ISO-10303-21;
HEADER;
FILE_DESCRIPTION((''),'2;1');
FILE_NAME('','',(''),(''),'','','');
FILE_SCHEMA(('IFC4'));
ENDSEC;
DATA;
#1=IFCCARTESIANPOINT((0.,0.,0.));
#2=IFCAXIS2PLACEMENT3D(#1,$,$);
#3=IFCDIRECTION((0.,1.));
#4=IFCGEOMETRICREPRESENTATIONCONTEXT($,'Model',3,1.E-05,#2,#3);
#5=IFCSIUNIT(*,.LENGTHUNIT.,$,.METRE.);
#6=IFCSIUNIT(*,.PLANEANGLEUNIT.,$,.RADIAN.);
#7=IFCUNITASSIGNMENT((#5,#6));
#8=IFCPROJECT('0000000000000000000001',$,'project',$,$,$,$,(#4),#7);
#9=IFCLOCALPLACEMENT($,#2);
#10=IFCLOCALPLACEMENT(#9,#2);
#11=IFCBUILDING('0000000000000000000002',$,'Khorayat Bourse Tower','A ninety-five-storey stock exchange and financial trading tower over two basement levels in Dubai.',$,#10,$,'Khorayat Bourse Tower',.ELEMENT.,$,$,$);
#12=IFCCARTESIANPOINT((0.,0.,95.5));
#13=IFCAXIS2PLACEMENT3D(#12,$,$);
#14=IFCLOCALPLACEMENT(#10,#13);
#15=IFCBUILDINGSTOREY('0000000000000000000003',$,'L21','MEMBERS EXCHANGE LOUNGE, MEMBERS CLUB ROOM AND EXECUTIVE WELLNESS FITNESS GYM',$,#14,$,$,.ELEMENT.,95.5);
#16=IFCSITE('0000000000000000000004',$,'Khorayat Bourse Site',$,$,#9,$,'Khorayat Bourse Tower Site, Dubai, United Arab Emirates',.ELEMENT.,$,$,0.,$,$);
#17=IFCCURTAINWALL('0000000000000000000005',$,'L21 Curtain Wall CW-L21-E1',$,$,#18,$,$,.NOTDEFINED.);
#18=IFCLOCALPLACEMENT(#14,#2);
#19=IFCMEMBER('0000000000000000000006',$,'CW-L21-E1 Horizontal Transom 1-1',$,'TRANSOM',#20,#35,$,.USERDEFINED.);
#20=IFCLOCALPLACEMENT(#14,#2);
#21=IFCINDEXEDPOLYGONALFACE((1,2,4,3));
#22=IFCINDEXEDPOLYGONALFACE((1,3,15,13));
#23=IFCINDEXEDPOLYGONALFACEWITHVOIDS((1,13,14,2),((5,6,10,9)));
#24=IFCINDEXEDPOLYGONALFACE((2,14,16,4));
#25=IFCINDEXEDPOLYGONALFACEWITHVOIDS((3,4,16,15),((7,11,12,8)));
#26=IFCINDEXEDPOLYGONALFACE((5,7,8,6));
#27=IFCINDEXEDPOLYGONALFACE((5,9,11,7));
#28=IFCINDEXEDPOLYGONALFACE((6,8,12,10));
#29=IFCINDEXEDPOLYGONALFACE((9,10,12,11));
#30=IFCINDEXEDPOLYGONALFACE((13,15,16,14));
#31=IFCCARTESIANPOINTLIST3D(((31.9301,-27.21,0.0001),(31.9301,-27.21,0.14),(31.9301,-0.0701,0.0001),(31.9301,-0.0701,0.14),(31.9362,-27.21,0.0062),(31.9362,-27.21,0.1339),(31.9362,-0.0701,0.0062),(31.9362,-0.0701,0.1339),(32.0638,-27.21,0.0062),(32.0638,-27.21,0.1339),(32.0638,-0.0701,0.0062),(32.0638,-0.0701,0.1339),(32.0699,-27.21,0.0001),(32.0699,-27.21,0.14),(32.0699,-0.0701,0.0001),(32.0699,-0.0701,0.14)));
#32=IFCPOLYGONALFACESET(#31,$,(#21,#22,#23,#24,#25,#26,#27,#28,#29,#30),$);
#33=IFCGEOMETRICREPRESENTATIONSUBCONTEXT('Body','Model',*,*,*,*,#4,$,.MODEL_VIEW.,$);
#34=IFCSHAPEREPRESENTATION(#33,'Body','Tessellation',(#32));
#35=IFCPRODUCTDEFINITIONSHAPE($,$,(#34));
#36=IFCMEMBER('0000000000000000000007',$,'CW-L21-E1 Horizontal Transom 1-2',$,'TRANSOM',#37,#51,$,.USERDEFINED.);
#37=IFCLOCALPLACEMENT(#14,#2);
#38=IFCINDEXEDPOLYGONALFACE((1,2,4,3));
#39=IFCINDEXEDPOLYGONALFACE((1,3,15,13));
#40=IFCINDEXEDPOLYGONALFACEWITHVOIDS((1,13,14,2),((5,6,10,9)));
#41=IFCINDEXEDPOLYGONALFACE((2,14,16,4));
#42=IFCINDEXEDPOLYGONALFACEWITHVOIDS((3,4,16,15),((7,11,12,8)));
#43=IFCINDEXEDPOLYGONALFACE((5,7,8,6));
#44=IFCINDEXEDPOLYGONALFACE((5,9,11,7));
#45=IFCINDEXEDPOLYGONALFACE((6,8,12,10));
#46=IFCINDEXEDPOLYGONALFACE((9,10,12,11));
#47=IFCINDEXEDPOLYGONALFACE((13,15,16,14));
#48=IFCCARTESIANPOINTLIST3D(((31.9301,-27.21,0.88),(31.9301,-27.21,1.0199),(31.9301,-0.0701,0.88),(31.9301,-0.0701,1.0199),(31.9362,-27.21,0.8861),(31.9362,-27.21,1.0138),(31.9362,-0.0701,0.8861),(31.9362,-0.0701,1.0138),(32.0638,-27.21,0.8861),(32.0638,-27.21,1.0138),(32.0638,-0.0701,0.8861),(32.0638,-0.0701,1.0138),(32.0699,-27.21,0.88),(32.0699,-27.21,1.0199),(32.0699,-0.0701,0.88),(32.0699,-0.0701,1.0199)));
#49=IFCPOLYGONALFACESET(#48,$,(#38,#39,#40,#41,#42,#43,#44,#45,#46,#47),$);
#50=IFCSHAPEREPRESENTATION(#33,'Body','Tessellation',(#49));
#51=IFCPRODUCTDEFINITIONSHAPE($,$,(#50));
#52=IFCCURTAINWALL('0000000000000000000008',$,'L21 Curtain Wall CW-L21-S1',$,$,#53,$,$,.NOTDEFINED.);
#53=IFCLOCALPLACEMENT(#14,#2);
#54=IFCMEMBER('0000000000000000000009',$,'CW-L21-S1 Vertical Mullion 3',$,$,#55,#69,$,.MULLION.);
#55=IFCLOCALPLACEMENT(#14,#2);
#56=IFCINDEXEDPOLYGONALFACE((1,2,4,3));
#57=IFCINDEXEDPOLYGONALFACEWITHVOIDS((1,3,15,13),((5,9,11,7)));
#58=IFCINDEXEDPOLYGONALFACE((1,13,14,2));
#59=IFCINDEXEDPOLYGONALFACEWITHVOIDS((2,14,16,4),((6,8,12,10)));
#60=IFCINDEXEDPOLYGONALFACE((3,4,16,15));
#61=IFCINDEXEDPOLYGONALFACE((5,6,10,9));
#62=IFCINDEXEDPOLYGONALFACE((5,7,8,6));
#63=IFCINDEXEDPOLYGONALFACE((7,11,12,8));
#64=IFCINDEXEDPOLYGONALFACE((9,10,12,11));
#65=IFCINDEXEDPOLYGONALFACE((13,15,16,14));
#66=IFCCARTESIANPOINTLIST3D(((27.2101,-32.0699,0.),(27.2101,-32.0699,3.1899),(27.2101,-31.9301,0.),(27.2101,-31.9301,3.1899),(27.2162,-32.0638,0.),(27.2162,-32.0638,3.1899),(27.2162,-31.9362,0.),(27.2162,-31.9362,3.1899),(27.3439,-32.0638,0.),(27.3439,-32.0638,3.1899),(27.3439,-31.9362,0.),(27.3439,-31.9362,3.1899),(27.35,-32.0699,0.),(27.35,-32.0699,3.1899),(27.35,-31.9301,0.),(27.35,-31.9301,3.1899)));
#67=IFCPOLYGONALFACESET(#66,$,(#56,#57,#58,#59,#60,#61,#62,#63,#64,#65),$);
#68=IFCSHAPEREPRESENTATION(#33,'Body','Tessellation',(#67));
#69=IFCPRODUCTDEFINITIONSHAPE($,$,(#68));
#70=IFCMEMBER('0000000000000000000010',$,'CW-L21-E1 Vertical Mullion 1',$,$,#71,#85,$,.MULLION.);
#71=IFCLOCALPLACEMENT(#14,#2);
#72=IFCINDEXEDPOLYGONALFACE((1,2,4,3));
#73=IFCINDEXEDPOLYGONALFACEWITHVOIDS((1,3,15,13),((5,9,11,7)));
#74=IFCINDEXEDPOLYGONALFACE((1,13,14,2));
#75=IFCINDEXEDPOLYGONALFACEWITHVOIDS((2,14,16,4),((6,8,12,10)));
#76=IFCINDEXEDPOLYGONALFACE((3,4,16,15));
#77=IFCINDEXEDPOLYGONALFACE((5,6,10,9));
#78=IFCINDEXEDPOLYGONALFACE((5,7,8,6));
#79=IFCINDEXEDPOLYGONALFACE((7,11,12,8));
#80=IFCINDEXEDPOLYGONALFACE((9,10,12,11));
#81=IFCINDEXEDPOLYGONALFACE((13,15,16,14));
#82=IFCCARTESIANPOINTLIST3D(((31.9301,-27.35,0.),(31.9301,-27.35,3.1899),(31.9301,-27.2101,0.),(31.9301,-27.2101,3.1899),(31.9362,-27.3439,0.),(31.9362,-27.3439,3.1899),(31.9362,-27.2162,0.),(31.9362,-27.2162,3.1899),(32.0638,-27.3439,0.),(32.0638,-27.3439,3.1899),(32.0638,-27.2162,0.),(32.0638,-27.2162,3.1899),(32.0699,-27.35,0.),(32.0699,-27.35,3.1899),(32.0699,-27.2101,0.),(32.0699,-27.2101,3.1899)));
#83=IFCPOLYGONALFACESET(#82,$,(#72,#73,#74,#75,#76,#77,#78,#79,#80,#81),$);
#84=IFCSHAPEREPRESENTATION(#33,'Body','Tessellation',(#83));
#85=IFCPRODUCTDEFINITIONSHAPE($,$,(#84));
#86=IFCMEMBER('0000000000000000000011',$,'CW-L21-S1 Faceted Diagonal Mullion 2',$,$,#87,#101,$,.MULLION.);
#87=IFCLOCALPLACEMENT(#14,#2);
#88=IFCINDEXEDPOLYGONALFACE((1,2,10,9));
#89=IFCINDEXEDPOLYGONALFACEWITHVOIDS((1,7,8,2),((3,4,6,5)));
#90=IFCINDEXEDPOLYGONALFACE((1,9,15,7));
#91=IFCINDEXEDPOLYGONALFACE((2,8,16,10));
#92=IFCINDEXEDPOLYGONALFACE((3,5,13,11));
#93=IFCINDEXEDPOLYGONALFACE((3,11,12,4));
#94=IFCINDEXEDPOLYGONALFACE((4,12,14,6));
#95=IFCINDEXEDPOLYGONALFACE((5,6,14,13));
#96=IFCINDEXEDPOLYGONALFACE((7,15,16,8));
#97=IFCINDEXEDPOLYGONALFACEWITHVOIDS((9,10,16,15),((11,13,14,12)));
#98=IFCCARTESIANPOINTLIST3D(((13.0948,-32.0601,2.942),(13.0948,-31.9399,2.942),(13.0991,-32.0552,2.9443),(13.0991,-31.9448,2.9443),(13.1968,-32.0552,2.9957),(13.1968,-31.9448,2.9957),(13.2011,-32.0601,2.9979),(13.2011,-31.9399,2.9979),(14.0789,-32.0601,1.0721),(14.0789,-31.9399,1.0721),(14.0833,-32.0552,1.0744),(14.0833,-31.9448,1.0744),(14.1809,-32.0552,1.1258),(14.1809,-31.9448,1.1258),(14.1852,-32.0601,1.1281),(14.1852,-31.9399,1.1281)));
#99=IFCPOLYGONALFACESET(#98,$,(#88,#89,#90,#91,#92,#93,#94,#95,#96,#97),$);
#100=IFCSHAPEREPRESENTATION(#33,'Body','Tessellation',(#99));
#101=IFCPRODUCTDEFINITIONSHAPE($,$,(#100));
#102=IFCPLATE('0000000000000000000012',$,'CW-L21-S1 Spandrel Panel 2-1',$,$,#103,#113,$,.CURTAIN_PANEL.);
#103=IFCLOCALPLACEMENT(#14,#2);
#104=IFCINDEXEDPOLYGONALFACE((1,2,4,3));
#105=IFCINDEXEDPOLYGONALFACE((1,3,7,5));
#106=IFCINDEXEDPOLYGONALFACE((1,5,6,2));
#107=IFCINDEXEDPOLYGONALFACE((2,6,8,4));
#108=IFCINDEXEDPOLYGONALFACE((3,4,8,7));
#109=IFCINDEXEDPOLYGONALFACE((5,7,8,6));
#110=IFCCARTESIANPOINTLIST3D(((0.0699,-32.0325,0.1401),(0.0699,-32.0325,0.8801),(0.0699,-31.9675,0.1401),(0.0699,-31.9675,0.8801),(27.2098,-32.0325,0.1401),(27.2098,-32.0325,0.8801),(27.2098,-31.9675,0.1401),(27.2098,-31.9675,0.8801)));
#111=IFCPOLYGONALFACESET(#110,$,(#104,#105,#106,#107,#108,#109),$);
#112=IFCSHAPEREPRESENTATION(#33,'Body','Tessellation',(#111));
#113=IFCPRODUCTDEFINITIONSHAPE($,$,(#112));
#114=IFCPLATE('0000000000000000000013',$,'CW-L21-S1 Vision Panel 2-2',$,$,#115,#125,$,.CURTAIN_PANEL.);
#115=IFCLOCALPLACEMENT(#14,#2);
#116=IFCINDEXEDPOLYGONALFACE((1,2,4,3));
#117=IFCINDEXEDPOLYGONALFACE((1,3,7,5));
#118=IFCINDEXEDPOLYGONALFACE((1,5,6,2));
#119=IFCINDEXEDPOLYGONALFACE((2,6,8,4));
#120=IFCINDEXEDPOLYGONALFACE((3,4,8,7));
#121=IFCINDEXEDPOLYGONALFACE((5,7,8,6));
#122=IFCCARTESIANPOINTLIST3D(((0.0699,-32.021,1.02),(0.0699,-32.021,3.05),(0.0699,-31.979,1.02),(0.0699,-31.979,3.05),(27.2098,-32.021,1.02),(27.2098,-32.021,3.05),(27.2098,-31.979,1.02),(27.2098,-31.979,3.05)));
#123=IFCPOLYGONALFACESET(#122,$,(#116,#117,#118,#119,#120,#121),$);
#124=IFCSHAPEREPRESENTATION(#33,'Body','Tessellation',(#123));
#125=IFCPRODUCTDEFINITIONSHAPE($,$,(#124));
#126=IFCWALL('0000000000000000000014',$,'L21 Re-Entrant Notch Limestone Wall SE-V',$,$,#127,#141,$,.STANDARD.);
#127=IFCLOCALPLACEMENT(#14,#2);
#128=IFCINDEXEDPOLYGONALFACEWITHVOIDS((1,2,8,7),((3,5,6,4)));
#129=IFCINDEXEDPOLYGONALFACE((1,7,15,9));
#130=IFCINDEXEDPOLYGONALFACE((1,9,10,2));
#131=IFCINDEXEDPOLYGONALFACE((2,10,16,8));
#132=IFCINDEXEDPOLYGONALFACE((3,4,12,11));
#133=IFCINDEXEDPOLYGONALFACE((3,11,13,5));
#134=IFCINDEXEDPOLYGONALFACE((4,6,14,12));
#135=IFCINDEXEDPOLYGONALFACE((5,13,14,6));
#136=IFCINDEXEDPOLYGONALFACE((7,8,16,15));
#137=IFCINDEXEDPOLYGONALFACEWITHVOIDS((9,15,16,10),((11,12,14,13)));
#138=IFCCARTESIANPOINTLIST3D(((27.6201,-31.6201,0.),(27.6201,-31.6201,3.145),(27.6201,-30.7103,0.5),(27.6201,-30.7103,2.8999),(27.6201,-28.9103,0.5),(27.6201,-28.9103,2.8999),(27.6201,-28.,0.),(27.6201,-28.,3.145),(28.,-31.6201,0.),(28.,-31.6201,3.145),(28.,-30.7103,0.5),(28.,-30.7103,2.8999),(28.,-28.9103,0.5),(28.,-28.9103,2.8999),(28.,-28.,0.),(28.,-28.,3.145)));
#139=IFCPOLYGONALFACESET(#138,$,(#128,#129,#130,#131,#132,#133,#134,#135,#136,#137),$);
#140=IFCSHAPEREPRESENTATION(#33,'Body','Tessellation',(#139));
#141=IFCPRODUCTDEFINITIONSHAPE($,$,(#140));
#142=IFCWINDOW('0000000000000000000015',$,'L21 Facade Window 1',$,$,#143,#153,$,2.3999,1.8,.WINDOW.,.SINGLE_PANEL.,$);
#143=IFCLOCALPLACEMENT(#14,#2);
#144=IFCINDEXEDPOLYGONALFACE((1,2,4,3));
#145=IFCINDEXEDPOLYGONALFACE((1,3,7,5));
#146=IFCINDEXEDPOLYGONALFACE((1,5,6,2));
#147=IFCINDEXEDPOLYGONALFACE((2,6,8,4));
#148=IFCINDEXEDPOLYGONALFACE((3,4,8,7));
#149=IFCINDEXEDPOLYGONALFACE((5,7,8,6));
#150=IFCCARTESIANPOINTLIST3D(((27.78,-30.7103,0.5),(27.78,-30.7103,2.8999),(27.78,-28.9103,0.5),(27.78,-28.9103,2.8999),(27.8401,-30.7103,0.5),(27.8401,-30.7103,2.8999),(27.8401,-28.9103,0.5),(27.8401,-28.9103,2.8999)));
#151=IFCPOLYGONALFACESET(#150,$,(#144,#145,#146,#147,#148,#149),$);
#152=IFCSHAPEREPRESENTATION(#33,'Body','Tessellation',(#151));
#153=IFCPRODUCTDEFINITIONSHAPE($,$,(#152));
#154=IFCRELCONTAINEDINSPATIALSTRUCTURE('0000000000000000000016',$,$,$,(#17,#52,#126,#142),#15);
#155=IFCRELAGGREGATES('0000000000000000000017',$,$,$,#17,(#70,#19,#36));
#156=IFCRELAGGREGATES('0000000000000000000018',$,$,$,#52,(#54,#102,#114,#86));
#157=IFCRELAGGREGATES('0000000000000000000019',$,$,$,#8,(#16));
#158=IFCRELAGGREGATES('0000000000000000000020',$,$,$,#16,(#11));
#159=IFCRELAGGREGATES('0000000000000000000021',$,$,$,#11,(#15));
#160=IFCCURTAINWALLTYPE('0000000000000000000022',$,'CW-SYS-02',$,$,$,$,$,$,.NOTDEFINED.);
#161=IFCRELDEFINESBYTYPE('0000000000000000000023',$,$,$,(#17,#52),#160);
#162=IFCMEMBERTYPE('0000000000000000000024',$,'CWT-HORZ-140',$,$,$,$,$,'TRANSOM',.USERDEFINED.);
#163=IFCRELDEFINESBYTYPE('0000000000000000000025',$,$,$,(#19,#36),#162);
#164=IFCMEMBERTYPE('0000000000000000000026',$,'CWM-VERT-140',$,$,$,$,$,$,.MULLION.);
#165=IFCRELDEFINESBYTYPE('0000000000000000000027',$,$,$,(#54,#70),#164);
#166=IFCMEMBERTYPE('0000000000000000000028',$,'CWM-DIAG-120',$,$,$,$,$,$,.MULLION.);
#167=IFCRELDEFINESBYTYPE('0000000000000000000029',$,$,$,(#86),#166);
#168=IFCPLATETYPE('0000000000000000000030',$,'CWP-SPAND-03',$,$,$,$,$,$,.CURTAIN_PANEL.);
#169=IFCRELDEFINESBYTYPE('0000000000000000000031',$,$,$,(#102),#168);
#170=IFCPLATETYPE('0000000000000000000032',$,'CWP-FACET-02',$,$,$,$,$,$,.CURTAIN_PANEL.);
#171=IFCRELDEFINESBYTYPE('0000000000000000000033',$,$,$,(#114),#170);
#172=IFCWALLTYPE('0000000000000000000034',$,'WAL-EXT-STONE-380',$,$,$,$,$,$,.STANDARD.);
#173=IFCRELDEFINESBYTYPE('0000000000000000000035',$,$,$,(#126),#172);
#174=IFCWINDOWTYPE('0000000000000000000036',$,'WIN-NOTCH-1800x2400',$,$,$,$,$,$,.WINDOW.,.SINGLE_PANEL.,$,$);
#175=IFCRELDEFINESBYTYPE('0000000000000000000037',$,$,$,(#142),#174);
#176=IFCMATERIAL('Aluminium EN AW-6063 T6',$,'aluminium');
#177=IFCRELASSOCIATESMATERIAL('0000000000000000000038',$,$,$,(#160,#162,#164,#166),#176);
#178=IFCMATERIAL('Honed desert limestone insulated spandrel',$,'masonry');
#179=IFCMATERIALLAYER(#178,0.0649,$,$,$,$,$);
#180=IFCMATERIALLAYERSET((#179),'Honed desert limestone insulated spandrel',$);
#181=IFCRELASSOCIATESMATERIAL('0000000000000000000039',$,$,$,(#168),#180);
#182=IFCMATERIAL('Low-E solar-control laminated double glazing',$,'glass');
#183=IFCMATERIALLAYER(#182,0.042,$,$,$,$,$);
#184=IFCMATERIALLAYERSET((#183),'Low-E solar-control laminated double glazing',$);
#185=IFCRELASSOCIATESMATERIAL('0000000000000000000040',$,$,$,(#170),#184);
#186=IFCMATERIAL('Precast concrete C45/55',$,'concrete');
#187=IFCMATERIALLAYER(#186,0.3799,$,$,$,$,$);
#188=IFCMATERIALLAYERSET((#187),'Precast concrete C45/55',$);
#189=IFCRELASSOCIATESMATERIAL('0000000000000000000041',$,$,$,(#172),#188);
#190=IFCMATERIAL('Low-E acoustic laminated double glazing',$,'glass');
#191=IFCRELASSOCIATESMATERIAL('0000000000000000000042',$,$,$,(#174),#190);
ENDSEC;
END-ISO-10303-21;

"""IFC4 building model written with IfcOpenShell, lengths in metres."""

from ifc_helpers import new_model, si_unit, direction, frame, frame_2d, origin, origin_2d, place, context, subcontext, project, spatial, rectangle, hollow_rectangle, extrude, source, transform, mapped, material, layer, layer_set, material_profile, profile_set, type_object, element, fill, aggregate, save


model = new_model("IFC4")

# Units and contexts
model_context = context("Model", 3, precision=1e-05, world=origin(), true_north=direction((0.0, 1.0)))
body_context = subcontext(model_context, "Body", "Model", "MODEL_VIEW")
ifc_project = project(units=[si_unit("LENGTHUNIT", "METRE"), si_unit("PLANEANGLEUNIT", "RADIAN")], contexts=[model_context])

# Site, building, storey
site_placement = place(None, origin())
site = spatial("IfcSite", under=ifc_project, at=site_placement, Name="Khorayat Bourse Site", LongName="Khorayat Bourse Tower Site, Dubai, United Arab Emirates", CompositionType="ELEMENT", RefElevation=0.0)
building_placement = place(site_placement, origin())
building = spatial("IfcBuilding", under=site, at=building_placement, Name="Khorayat Bourse Tower", Description="A ninety-five-storey stock exchange and financial trading tower over two basement levels in Dubai.", LongName="Khorayat Bourse Tower", CompositionType="ELEMENT")
storey_placement = place(building_placement, frame((0.0, 0.0, 95.5)))
storey = spatial("IfcBuildingStorey", under=building, at=storey_placement, Name="L21", Description="MEMBERS EXCHANGE LOUNGE, MEMBERS CLUB ROOM AND EXECUTIVE WELLNESS FITNESS GYM", CompositionType="ELEMENT", Elevation=95.5)

# Curtain wall, members
ifc_material_1 = material(Name="Aluminium EN AW-6063 T6", Category="aluminium")
curtain_wall_type = type_object("IfcCurtainWallType", Name="CW-SYS-02", PredefinedType="NOTDEFINED", material=ifc_material_1)
curtain_wall_1_placement = place(storey_placement, origin())
curtain_wall_1 = element("IfcCurtainWall", 1, at=curtain_wall_1_placement, inside=storey, type_object=curtain_wall_type, Name="L21 Curtain Wall CW-L21-E1", PredefinedType="NOTDEFINED")
ifc_material_profile_1 = material_profile(ifc_material_1, hollow_rectangle(XDim=0.1399, YDim=0.1399, WallThickness=0.0061, at=origin_2d()), Name="ALU 140x140x6")
ifc_profile_set_1 = profile_set([ifc_material_profile_1], Name="Aluminium EN AW-6063 T6")
member_type_1 = type_object("IfcMemberType", Name="CWT-HORZ-140", ElementType="TRANSOM", PredefinedType="USERDEFINED", material=ifc_profile_set_1)
shared_shape_1 = source(origin(), body_context, "Body", "SweptSolid", [
    extrude(hollow_rectangle(XDim=0.1399, YDim=0.1399, WallThickness=0.0061, at=origin_2d()), origin(), (0.0, 0.0, 1.0), 27.1399),
])
member_1_placement = place(storey_placement, frame((32.0, -27.21, 0.0701), z_axis=(0.0, 1.0, 0.0), x_axis=(-1.0, 0.0, 0.0)))
member_1 = element("IfcMember", 2, at=member_1_placement, type_object=member_type_1, Name="CW-L21-E1 Horizontal Transom 1-1", ObjectType="TRANSOM", PredefinedType="USERDEFINED", context=body_context, shape_type="MappedRepresentation", body=[
    mapped(shared_shape_1, transform((0.0, 0.0, 0.0), scale=1.0)),
])
member_2_placement = place(storey_placement, frame((32.0, -27.21, 0.95), z_axis=(0.0, 1.0, 0.0), x_axis=(-1.0, 0.0, 0.0)))
member_2 = element("IfcMember", 3, at=member_2_placement, type_object=member_type_1, Name="CW-L21-E1 Horizontal Transom 1-2", ObjectType="TRANSOM", PredefinedType="USERDEFINED", context=body_context, shape_type="MappedRepresentation", body=[
    mapped(shared_shape_1, transform((0.0, 0.0, 0.0), scale=1.0)),
])

# Curtain wall, member
curtain_wall_2_placement = place(storey_placement, origin())
curtain_wall_2 = element("IfcCurtainWall", 4, at=curtain_wall_2_placement, inside=storey, type_object=curtain_wall_type, Name="L21 Curtain Wall CW-L21-S1", PredefinedType="NOTDEFINED")
ifc_material_profile_2 = material_profile(ifc_material_1, hollow_rectangle(XDim=0.1399, YDim=0.1399, WallThickness=0.0061, at=origin_2d()), Name="ALU 140x140x6")
ifc_profile_set_2 = profile_set([ifc_material_profile_2], Name="Aluminium EN AW-6063 T6")
member_type_2 = type_object("IfcMemberType", Name="CWM-VERT-140", PredefinedType="MULLION", material=ifc_profile_set_2)
shared_shape_2 = source(origin(), body_context, "Body", "SweptSolid", [
    extrude(hollow_rectangle(XDim=0.1399, YDim=0.1399, WallThickness=0.0061, at=origin_2d()), origin(), (0.0, 0.0, 1.0), 3.1899),
])
member_3_placement = place(storey_placement, frame((27.28, -32.0, 0.0), z_axis=(0.0, 0.0, 1.0), x_axis=(0.0, 1.0, 0.0)))
member_3 = element("IfcMember", 5, at=member_3_placement, type_object=member_type_2, Name="CW-L21-S1 Vertical Mullion 3", PredefinedType="MULLION", context=body_context, shape_type="MappedRepresentation", body=[
    mapped(shared_shape_2, transform((0.0, 0.0, 0.0), scale=1.0)),
])

# Members
member_4_placement = place(storey_placement, frame((32.0, -27.28, 0.0), z_axis=(0.0, 0.0, 1.0), x_axis=(-1.0, 0.0, 0.0)))
member_4 = element("IfcMember", 6, at=member_4_placement, type_object=member_type_2, Name="CW-L21-E1 Vertical Mullion 1", PredefinedType="MULLION", context=body_context, shape_type="MappedRepresentation", body=[
    mapped(shared_shape_2, transform((0.0, 0.0, 0.0), scale=1.0)),
])
aggregate(curtain_wall_1, [member_4, member_1, member_2])
ifc_material_profile_3 = material_profile(ifc_material_1, hollow_rectangle(XDim=0.1201, YDim=0.1201, WallThickness=0.0049, at=origin_2d()), Name="ALU 120x120x5")
ifc_profile_set_3 = profile_set([ifc_material_profile_3], Name="Aluminium EN AW-6063 T6")
member_type_3 = type_object("IfcMemberType", Name="CWM-DIAG-120", PredefinedType="MULLION", material=ifc_profile_set_3)
shared_shape_3 = source(origin(), body_context, "Body", "SweptSolid", [
    extrude(hollow_rectangle(XDim=0.1201, YDim=0.1201, WallThickness=0.0049, at=origin_2d()), origin(), (0.0, 0.0, 1.0), 2.113),
])
member_5_placement = place(storey_placement, frame((14.1321, -32.0, 1.1001), z_axis=(-0.465742, 0.0, 0.884921), x_axis=(0.0, -1.0, 0.0)))
member_5 = element("IfcMember", 7, at=member_5_placement, type_object=member_type_3, Name="CW-L21-S1 Faceted Diagonal Mullion 2", PredefinedType="MULLION", context=body_context, shape_type="MappedRepresentation", body=[
    mapped(shared_shape_3, transform((0.0, 0.0, 0.0), scale=1.0)),
])

# Plates
ifc_material_2 = material(Name="Honed desert limestone insulated spandrel", Category="masonry")
ifc_layer_1 = layer(ifc_material_2, 0.0649)
ifc_layer_set_1 = layer_set([ifc_layer_1], Name="Honed desert limestone insulated spandrel")
plate_type_1 = type_object("IfcPlateType", Name="CWP-SPAND-03", PredefinedType="CURTAIN_PANEL", material=ifc_layer_set_1)
shared_shape_4 = source(origin(), body_context, "Body", "SweptSolid", [
    extrude(rectangle(XDim=27.1399, YDim=0.0649, at=origin_2d()), origin(), (0.0, 0.0, 1.0), 0.74),
])
plate_1_placement = place(storey_placement, frame((13.6399, -32.0, 0.1401), z_axis=(0.0, 0.0, 1.0), x_axis=(1.0, 0.0, 0.0)))
plate_1 = element("IfcPlate", 8, at=plate_1_placement, type_object=plate_type_1, Name="CW-L21-S1 Spandrel Panel 2-1", PredefinedType="CURTAIN_PANEL", context=body_context, shape_type="MappedRepresentation", body=[
    mapped(shared_shape_4, transform((0.0, 0.0, 0.0), scale=1.0)),
])
ifc_material_3 = material(Name="Low-E solar-control laminated double glazing", Category="glass")
ifc_layer_2 = layer(ifc_material_3, 0.042)
ifc_layer_set_2 = layer_set([ifc_layer_2], Name="Low-E solar-control laminated double glazing")
plate_type_2 = type_object("IfcPlateType", Name="CWP-FACET-02", PredefinedType="CURTAIN_PANEL", material=ifc_layer_set_2)
shared_shape_5 = source(origin(), body_context, "Body", "SweptSolid", [
    extrude(rectangle(XDim=27.1399, YDim=0.042, at=origin_2d()), origin(), (0.0, 0.0, 1.0), 2.03),
])
plate_2_placement = place(storey_placement, frame((13.6399, -32.0, 1.02), z_axis=(0.0, 0.0, 1.0), x_axis=(1.0, 0.0, 0.0)))
plate_2 = element("IfcPlate", 9, at=plate_2_placement, type_object=plate_type_2, Name="CW-L21-S1 Vision Panel 2-2", PredefinedType="CURTAIN_PANEL", context=body_context, shape_type="MappedRepresentation", body=[
    mapped(shared_shape_5, transform((0.0, 0.0, 0.0), scale=1.0)),
])
aggregate(curtain_wall_2, [member_3, plate_1, plate_2, member_5])

# Wall, opening, window
ifc_material_4 = material(Name="Precast concrete C45/55", Category="concrete")
ifc_layer_3 = layer(ifc_material_4, 0.3799)
ifc_layer_set_3 = layer_set([ifc_layer_3], Name="Precast concrete C45/55")
wall_type_1 = type_object("IfcWallType", Name="WAL-EXT-STONE-380", PredefinedType="STANDARD", material=ifc_layer_set_3)
shared_shape_6 = source(origin(), body_context, "Body", "SweptSolid", [
    extrude(rectangle(XDim=3.6201, YDim=0.3799, at=frame_2d((1.8101, 0.0))), origin(), (0.0, 0.0, 1.0), 3.145),
])
wall_1_placement = place(storey_placement, frame((27.8101, -31.6201, 0.0), z_axis=(0.0, 0.0, 1.0), x_axis=(0.0, 1.0, 0.0)))
wall_1 = element("IfcWall", 10, at=wall_1_placement, inside=storey, type_object=wall_type_1, Name="L21 Re-Entrant Notch Limestone Wall SE-V", PredefinedType="STANDARD", context=body_context, shape_type="MappedRepresentation", body=[
    mapped(shared_shape_6, transform((0.0, 0.0, 0.0), scale=1.0)),
])
shared_shape_7 = source(origin(), body_context, "Body", "SweptSolid", [
    extrude(rectangle(XDim=1.8, YDim=2.3999, at=frame_2d((0.8999, 1.2))), frame((0.0, 0.2, 0.0), z_axis=(0.0, -1.0, 0.0), x_axis=(1.0, 0.0, 0.0)), (0.0, 0.0, 1.0), 0.3999),
])
opening_1_placement = place(wall_1_placement, frame((0.9099, 0.0, 0.5)))
opening_1 = element("IfcOpeningElement", 11, at=opening_1_placement, cuts=wall_1, PredefinedType="OPENING", context=body_context, shape_type="MappedRepresentation", body=[
    mapped(shared_shape_7, transform((0.0, 0.0, 0.0), scale=1.0)),
])
ifc_material_5 = material(Name="Low-E acoustic laminated double glazing", Category="glass")
window_type = type_object("IfcWindowType", Name="WIN-NOTCH-1800x2400", PartitioningType="SINGLE_PANEL", PredefinedType="WINDOW", material=ifc_material_5)
shared_shape_8 = source(origin(), body_context, "Body", "SweptSolid", [
    extrude(rectangle(XDim=1.8, YDim=2.3999, at=frame_2d((0.8999, 1.2))), frame((0.0, 0.03, 0.0), z_axis=(0.0, -1.0, 0.0), x_axis=(1.0, 0.0, 0.0)), (0.0, 0.0, 1.0), 0.0601),
])
window_1_placement = place(opening_1_placement, origin())
window_1 = element("IfcWindow", 12, at=window_1_placement, inside=storey, type_object=window_type, Name="L21 Facade Window 1", OverallHeight=2.3999, OverallWidth=1.8, PartitioningType="SINGLE_PANEL", PredefinedType="WINDOW", context=body_context, shape_type="MappedRepresentation", body=[
    mapped(shared_shape_8, transform((0.0, 0.0, 0.0), scale=1.0)),
])
fill(opening_1, window_1)

save(model, "model.ifc")
